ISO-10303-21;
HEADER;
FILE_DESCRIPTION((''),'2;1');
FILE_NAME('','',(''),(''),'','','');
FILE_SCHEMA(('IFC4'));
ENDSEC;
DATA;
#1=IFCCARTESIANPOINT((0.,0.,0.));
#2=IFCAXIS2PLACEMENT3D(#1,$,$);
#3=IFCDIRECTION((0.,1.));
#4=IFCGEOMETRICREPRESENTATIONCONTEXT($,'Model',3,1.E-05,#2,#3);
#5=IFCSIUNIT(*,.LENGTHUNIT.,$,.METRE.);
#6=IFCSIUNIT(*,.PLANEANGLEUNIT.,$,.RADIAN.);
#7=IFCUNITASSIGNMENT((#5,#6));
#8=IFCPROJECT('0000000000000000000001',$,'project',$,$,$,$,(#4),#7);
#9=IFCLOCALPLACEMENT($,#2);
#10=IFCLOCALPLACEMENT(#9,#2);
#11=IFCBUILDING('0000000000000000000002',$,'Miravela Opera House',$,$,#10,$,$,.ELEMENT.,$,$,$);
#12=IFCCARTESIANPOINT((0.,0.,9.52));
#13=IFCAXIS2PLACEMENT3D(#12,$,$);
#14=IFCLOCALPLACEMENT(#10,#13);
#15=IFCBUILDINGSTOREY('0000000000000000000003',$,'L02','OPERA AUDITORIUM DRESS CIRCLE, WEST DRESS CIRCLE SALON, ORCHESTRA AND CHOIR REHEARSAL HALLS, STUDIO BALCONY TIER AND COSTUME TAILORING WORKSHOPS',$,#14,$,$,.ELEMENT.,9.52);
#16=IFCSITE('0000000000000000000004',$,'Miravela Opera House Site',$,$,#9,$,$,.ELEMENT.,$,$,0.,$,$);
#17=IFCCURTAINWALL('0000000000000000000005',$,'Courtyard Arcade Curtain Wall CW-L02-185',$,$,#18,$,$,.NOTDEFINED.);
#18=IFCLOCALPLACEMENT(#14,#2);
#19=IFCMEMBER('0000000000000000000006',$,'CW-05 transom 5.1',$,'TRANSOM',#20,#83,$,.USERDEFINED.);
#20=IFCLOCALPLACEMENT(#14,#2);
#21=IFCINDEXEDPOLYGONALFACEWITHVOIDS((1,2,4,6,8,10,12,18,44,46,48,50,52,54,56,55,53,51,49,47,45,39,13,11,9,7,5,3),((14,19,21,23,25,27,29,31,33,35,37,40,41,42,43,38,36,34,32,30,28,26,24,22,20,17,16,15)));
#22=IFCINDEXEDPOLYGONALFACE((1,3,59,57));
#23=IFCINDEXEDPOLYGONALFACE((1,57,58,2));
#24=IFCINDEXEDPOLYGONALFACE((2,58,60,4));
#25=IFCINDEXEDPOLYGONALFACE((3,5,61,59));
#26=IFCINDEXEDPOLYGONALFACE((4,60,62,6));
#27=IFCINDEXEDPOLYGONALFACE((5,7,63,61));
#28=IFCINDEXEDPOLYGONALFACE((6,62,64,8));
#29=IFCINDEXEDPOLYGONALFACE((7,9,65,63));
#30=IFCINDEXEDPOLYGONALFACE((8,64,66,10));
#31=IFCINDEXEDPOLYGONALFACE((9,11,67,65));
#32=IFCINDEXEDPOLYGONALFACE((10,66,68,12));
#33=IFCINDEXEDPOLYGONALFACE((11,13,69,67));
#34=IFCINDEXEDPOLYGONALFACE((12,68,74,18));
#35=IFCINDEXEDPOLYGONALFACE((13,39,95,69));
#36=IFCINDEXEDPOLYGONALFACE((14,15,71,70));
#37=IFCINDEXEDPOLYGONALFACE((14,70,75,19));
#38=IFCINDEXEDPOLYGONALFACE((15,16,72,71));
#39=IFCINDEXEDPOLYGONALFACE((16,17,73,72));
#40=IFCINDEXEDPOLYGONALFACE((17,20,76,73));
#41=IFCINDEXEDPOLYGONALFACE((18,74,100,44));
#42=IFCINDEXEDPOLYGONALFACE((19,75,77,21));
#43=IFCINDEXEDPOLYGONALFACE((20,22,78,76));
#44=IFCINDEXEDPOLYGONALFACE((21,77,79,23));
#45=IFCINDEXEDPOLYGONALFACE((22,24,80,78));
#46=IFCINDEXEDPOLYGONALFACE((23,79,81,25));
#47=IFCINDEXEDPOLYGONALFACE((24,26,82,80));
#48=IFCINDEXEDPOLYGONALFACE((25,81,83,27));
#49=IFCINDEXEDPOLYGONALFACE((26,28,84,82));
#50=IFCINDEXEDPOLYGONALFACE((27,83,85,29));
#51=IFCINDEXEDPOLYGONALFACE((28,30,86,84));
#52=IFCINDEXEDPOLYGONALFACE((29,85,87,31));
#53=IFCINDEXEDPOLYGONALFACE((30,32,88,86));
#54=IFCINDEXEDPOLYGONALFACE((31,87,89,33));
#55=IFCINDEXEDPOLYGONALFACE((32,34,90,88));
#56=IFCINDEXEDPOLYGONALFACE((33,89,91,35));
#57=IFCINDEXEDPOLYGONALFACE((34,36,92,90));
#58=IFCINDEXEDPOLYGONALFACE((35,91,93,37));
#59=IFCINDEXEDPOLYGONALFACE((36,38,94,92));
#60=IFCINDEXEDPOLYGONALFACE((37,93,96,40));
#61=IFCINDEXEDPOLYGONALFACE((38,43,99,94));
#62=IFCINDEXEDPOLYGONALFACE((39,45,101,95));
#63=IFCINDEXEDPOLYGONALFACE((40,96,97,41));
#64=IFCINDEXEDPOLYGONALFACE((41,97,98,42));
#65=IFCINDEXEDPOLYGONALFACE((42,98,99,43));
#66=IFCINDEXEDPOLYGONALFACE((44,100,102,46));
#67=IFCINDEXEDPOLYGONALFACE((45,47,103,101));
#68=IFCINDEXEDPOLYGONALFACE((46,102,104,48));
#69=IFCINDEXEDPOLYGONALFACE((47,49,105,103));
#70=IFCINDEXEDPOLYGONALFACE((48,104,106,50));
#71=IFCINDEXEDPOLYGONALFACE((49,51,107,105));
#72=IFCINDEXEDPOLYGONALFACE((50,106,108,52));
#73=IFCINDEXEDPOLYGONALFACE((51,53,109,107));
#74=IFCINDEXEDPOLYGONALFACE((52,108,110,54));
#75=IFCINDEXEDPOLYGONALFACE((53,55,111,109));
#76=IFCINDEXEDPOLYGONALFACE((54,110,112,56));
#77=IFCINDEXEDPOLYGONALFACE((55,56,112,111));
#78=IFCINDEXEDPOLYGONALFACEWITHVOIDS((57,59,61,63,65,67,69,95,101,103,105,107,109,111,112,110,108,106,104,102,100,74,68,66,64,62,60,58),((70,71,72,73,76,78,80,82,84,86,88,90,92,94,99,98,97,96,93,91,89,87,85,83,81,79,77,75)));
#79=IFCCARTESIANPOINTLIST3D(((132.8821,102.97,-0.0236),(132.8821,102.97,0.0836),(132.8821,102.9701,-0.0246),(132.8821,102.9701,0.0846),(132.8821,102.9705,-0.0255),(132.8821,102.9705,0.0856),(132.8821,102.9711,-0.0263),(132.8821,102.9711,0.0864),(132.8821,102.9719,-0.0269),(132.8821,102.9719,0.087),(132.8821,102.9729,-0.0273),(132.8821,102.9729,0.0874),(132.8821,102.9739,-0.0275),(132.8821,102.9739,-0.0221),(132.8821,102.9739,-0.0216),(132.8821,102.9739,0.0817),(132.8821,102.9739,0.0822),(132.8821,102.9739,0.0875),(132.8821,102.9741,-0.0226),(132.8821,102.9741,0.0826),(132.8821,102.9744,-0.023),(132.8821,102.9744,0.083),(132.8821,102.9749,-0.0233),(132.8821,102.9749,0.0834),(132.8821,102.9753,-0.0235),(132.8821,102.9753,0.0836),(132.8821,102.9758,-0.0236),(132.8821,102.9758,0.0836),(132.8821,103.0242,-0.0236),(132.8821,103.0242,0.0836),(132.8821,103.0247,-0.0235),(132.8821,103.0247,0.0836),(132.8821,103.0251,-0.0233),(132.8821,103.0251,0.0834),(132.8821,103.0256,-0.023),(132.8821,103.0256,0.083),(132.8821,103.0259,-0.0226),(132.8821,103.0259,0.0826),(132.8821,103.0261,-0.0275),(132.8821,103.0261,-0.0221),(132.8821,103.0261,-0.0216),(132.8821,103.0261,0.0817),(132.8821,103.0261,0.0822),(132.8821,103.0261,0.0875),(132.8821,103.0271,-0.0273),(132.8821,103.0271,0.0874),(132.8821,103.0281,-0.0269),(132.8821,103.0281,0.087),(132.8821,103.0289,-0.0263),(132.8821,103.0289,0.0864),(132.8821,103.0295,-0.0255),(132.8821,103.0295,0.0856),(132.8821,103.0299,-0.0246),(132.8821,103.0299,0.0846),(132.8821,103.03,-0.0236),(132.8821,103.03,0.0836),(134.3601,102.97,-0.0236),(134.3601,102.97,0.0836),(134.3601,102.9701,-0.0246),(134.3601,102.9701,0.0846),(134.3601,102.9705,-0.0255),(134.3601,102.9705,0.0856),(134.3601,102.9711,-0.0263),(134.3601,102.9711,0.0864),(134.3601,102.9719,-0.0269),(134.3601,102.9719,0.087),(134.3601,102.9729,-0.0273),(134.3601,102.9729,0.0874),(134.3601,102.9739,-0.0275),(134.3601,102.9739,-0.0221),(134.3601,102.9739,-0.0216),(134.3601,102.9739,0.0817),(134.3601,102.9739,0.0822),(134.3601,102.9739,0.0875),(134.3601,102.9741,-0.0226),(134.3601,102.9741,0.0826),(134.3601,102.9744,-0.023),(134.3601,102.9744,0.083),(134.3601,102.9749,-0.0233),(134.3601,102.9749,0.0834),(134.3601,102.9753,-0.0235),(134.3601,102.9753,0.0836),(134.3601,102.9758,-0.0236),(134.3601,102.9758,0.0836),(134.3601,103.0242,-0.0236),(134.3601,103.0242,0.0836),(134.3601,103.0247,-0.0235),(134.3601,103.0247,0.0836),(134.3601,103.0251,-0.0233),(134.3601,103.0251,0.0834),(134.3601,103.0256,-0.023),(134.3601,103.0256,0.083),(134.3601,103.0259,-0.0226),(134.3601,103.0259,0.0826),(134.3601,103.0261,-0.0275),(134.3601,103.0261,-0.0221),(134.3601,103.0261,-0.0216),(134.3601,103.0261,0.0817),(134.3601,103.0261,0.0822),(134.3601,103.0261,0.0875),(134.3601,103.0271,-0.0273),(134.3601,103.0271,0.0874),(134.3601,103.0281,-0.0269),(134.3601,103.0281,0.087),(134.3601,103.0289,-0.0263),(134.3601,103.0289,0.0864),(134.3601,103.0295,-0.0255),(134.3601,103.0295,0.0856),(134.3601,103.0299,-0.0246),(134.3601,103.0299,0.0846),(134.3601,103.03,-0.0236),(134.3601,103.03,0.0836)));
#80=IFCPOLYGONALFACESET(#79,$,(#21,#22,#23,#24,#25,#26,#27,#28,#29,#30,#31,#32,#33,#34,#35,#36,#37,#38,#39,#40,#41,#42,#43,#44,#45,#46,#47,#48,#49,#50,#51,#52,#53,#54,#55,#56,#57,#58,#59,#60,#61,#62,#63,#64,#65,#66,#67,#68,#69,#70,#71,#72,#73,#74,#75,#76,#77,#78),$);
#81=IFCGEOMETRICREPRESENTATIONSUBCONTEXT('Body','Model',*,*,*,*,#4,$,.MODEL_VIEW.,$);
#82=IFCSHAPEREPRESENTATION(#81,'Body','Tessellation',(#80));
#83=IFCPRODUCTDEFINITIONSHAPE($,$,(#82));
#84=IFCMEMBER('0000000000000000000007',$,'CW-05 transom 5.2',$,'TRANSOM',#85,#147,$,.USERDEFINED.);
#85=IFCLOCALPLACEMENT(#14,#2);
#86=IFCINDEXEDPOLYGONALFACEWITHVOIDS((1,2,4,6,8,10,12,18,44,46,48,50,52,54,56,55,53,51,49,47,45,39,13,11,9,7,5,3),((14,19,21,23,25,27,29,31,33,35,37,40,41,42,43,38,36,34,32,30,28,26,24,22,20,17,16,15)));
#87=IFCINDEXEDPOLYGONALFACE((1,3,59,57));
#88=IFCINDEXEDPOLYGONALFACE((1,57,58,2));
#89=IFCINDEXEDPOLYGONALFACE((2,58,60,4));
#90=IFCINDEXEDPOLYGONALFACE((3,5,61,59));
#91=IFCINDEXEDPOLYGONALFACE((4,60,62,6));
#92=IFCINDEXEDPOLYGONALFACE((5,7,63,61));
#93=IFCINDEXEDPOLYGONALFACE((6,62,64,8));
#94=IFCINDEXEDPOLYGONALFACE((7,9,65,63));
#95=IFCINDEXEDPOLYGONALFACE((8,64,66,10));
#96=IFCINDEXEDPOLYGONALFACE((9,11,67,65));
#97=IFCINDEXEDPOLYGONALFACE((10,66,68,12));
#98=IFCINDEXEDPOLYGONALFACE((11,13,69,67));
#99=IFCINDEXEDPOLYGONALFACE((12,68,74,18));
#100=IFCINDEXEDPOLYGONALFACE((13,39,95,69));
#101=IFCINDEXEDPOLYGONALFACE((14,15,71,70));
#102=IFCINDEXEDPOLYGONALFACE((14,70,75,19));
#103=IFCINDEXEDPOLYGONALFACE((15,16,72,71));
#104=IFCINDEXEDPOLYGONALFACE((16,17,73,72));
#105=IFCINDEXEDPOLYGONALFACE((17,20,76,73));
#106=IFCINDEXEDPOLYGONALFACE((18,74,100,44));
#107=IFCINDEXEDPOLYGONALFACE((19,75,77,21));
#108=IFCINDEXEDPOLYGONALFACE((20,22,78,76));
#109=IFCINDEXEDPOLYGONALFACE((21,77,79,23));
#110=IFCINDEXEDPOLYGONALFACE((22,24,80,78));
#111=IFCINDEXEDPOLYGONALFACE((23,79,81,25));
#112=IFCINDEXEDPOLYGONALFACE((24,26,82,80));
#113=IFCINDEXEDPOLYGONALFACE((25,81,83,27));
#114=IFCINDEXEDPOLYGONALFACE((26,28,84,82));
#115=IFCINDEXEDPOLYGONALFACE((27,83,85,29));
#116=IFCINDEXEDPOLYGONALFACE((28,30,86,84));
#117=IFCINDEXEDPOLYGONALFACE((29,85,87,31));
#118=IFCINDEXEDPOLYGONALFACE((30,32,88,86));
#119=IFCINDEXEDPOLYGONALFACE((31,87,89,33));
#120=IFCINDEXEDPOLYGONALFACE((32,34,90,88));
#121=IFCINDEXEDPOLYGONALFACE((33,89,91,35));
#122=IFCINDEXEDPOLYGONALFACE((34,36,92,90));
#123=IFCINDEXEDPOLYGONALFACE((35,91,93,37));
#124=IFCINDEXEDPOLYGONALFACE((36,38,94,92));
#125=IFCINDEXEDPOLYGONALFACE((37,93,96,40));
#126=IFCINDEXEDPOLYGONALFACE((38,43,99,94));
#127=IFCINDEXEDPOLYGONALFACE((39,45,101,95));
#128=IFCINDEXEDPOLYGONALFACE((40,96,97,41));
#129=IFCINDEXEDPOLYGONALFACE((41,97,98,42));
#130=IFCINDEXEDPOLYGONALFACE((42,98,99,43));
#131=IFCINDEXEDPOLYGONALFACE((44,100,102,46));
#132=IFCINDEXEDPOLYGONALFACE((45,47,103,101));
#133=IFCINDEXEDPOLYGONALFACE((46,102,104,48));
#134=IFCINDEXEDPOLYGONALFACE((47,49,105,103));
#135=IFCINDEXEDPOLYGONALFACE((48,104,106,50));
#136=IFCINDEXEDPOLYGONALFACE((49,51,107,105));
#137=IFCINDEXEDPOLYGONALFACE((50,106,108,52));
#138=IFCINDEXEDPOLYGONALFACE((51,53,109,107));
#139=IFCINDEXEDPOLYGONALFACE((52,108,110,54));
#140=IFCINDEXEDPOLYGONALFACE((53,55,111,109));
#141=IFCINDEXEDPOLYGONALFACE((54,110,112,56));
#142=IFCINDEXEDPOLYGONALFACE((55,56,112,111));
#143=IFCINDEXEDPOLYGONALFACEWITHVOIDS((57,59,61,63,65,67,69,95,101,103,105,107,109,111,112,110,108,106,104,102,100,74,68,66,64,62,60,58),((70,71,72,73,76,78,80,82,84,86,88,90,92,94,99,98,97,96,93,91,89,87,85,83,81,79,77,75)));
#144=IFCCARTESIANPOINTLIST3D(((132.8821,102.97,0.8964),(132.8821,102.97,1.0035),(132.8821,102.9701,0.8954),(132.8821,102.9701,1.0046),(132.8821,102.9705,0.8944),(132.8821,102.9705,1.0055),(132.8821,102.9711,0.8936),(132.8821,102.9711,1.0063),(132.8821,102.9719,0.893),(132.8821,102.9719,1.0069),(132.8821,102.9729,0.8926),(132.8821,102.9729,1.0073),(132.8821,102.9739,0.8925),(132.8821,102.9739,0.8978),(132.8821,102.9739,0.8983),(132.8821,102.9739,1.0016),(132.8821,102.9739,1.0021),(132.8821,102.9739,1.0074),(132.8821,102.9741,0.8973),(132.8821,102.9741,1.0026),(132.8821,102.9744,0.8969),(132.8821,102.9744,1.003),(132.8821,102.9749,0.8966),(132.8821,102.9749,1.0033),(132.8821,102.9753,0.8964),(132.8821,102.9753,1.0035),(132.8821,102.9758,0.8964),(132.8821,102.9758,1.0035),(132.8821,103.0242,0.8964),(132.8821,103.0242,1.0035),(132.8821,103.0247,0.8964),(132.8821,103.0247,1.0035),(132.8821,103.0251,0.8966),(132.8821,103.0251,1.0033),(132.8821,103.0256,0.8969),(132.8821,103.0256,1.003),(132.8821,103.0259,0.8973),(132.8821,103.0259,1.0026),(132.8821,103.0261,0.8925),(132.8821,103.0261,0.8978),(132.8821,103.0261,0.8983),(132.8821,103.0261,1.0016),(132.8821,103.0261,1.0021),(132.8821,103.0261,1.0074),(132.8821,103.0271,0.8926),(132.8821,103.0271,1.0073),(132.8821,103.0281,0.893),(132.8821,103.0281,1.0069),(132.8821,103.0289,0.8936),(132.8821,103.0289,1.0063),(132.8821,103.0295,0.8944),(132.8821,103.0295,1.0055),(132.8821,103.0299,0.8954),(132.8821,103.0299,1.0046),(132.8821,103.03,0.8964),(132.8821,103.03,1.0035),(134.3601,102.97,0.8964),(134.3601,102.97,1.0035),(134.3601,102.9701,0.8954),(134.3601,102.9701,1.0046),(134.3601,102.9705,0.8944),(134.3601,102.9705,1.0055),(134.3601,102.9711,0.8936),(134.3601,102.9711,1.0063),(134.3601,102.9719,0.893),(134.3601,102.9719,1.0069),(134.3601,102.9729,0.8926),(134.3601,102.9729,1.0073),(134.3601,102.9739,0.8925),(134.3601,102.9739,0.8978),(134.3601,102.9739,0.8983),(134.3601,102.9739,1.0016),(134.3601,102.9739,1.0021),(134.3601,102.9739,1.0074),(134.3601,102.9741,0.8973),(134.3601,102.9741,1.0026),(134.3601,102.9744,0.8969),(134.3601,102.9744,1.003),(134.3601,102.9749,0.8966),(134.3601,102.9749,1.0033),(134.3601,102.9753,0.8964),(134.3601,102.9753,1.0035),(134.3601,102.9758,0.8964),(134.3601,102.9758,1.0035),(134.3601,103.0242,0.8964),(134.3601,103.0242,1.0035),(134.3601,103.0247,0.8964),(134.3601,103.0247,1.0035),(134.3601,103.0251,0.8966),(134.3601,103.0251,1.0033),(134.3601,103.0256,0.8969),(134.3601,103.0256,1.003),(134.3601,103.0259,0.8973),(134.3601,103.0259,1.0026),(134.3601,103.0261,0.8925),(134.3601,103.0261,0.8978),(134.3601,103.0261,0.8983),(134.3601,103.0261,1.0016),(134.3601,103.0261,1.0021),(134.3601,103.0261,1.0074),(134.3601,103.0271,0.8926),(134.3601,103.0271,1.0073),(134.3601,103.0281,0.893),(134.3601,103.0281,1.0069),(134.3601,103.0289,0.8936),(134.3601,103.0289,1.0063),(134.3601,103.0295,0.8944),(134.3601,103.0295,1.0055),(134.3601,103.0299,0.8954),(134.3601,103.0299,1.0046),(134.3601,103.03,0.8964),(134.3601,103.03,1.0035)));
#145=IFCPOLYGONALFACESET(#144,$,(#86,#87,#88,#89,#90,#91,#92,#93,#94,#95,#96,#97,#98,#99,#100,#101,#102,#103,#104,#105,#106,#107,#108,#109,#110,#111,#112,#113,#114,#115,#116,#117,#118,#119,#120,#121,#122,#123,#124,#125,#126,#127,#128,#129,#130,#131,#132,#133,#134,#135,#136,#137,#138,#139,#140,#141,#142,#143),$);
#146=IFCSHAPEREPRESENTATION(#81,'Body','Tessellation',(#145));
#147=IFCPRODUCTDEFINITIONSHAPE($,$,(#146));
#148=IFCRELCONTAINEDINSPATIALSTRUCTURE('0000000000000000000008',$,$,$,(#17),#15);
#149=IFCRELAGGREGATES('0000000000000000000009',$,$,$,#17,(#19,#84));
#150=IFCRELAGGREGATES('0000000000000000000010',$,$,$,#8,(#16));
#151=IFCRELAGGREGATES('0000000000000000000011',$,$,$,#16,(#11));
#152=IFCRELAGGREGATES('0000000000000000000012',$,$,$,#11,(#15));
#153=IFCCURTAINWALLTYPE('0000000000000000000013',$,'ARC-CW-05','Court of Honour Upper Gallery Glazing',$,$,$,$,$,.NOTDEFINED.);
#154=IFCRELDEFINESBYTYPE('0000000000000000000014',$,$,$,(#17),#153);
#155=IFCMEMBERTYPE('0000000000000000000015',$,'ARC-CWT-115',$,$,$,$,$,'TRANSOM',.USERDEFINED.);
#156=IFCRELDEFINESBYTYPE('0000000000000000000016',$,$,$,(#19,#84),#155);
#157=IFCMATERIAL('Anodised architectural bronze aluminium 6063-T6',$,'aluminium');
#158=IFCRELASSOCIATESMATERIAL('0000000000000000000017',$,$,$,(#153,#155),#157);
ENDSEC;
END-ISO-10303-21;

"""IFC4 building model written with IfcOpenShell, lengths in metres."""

from ifc_helpers import new_model, si_unit, direction, frame, origin, origin_2d, place, context, subcontext, project, spatial, hollow_rectangle, extrude, material, material_profile, profile_set, type_object, element, aggregate, save


model = new_model("IFC4")

# Units and contexts
model_context = context("Model", 3, precision=1e-05, world=origin(), true_north=direction((0.0, 1.0)))
body_context = subcontext(model_context, "Body", "Model", "MODEL_VIEW")
ifc_project = project(units=[si_unit("LENGTHUNIT", "METRE"), si_unit("PLANEANGLEUNIT", "RADIAN")], contexts=[model_context])

# Site, building, storey
site_placement = place(None, origin())
site = spatial("IfcSite", under=ifc_project, at=site_placement, Name="Miravela Opera House Site", CompositionType="ELEMENT", RefElevation=0.0)
building_placement = place(site_placement, origin())
building = spatial("IfcBuilding", under=site, at=building_placement, Name="Miravela Opera House", CompositionType="ELEMENT")
storey_placement = place(building_placement, frame((0.0, 0.0, 9.52)))
storey = spatial("IfcBuildingStorey", under=building, at=storey_placement, Name="L02", Description="OPERA AUDITORIUM DRESS CIRCLE, WEST DRESS CIRCLE SALON, ORCHESTRA AND CHOIR REHEARSAL HALLS, STUDIO BALCONY TIER AND COSTUME TAILORING WORKSHOPS", CompositionType="ELEMENT", Elevation=9.52)

# Curtain wall, members
ifc_material_1 = material(Name="Anodised architectural bronze aluminium 6063-T6", Category="aluminium")
curtain_wall_type = type_object("IfcCurtainWallType", Name="ARC-CW-05", Description="Court of Honour Upper Gallery Glazing", PredefinedType="NOTDEFINED", material=ifc_material_1)
curtain_wall_placement = place(storey_placement, origin())
curtain_wall = element("IfcCurtainWall", 1, at=curtain_wall_placement, inside=storey, type_object=curtain_wall_type, Name="Courtyard Arcade Curtain Wall CW-L02-185", PredefinedType="NOTDEFINED")
ifc_material_profile_1 = material_profile(ifc_material_1, hollow_rectangle(XDim=0.0601, YDim=0.115, WallThickness=0.0039, InnerFilletRadius=0.002, OuterFilletRadius=0.0039, at=origin_2d()), Name="CWT-60X115")
ifc_profile_set_1 = profile_set([ifc_material_profile_1])
member_type_1 = type_object("IfcMemberType", Name="ARC-CWT-115", ElementType="TRANSOM", PredefinedType="USERDEFINED", material=ifc_profile_set_1)
member_1_placement = place(storey_placement, frame((132.8821, 103.0, 0.03), z_axis=(1.0, 0.0, 0.0), x_axis=(0.0, 1.0, 0.0)))
member_1 = element("IfcMember", 2, at=member_1_placement, type_object=member_type_1, Name="CW-05 transom 5.1", ObjectType="TRANSOM", PredefinedType="USERDEFINED", context=body_context, shape_type="SweptSolid", body=[
    extrude(hollow_rectangle(XDim=0.0601, YDim=0.115, WallThickness=0.0039, InnerFilletRadius=0.002, OuterFilletRadius=0.0039, at=origin_2d()), origin(), (0.0, 0.0, 1.0), 1.478),
])
member_2_placement = place(storey_placement, frame((132.8821, 103.0, 0.95), z_axis=(1.0, 0.0, 0.0), x_axis=(0.0, 1.0, 0.0)))
member_2 = element("IfcMember", 3, at=member_2_placement, type_object=member_type_1, Name="CW-05 transom 5.2", ObjectType="TRANSOM", PredefinedType="USERDEFINED", context=body_context, shape_type="SweptSolid", body=[
    extrude(hollow_rectangle(XDim=0.0601, YDim=0.115, WallThickness=0.0039, InnerFilletRadius=0.002, OuterFilletRadius=0.0039, at=origin_2d()), origin(), (0.0, 0.0, 1.0), 1.478),
])

aggregate(curtain_wall, [member_1, member_2])

save(model, "model.ifc")
